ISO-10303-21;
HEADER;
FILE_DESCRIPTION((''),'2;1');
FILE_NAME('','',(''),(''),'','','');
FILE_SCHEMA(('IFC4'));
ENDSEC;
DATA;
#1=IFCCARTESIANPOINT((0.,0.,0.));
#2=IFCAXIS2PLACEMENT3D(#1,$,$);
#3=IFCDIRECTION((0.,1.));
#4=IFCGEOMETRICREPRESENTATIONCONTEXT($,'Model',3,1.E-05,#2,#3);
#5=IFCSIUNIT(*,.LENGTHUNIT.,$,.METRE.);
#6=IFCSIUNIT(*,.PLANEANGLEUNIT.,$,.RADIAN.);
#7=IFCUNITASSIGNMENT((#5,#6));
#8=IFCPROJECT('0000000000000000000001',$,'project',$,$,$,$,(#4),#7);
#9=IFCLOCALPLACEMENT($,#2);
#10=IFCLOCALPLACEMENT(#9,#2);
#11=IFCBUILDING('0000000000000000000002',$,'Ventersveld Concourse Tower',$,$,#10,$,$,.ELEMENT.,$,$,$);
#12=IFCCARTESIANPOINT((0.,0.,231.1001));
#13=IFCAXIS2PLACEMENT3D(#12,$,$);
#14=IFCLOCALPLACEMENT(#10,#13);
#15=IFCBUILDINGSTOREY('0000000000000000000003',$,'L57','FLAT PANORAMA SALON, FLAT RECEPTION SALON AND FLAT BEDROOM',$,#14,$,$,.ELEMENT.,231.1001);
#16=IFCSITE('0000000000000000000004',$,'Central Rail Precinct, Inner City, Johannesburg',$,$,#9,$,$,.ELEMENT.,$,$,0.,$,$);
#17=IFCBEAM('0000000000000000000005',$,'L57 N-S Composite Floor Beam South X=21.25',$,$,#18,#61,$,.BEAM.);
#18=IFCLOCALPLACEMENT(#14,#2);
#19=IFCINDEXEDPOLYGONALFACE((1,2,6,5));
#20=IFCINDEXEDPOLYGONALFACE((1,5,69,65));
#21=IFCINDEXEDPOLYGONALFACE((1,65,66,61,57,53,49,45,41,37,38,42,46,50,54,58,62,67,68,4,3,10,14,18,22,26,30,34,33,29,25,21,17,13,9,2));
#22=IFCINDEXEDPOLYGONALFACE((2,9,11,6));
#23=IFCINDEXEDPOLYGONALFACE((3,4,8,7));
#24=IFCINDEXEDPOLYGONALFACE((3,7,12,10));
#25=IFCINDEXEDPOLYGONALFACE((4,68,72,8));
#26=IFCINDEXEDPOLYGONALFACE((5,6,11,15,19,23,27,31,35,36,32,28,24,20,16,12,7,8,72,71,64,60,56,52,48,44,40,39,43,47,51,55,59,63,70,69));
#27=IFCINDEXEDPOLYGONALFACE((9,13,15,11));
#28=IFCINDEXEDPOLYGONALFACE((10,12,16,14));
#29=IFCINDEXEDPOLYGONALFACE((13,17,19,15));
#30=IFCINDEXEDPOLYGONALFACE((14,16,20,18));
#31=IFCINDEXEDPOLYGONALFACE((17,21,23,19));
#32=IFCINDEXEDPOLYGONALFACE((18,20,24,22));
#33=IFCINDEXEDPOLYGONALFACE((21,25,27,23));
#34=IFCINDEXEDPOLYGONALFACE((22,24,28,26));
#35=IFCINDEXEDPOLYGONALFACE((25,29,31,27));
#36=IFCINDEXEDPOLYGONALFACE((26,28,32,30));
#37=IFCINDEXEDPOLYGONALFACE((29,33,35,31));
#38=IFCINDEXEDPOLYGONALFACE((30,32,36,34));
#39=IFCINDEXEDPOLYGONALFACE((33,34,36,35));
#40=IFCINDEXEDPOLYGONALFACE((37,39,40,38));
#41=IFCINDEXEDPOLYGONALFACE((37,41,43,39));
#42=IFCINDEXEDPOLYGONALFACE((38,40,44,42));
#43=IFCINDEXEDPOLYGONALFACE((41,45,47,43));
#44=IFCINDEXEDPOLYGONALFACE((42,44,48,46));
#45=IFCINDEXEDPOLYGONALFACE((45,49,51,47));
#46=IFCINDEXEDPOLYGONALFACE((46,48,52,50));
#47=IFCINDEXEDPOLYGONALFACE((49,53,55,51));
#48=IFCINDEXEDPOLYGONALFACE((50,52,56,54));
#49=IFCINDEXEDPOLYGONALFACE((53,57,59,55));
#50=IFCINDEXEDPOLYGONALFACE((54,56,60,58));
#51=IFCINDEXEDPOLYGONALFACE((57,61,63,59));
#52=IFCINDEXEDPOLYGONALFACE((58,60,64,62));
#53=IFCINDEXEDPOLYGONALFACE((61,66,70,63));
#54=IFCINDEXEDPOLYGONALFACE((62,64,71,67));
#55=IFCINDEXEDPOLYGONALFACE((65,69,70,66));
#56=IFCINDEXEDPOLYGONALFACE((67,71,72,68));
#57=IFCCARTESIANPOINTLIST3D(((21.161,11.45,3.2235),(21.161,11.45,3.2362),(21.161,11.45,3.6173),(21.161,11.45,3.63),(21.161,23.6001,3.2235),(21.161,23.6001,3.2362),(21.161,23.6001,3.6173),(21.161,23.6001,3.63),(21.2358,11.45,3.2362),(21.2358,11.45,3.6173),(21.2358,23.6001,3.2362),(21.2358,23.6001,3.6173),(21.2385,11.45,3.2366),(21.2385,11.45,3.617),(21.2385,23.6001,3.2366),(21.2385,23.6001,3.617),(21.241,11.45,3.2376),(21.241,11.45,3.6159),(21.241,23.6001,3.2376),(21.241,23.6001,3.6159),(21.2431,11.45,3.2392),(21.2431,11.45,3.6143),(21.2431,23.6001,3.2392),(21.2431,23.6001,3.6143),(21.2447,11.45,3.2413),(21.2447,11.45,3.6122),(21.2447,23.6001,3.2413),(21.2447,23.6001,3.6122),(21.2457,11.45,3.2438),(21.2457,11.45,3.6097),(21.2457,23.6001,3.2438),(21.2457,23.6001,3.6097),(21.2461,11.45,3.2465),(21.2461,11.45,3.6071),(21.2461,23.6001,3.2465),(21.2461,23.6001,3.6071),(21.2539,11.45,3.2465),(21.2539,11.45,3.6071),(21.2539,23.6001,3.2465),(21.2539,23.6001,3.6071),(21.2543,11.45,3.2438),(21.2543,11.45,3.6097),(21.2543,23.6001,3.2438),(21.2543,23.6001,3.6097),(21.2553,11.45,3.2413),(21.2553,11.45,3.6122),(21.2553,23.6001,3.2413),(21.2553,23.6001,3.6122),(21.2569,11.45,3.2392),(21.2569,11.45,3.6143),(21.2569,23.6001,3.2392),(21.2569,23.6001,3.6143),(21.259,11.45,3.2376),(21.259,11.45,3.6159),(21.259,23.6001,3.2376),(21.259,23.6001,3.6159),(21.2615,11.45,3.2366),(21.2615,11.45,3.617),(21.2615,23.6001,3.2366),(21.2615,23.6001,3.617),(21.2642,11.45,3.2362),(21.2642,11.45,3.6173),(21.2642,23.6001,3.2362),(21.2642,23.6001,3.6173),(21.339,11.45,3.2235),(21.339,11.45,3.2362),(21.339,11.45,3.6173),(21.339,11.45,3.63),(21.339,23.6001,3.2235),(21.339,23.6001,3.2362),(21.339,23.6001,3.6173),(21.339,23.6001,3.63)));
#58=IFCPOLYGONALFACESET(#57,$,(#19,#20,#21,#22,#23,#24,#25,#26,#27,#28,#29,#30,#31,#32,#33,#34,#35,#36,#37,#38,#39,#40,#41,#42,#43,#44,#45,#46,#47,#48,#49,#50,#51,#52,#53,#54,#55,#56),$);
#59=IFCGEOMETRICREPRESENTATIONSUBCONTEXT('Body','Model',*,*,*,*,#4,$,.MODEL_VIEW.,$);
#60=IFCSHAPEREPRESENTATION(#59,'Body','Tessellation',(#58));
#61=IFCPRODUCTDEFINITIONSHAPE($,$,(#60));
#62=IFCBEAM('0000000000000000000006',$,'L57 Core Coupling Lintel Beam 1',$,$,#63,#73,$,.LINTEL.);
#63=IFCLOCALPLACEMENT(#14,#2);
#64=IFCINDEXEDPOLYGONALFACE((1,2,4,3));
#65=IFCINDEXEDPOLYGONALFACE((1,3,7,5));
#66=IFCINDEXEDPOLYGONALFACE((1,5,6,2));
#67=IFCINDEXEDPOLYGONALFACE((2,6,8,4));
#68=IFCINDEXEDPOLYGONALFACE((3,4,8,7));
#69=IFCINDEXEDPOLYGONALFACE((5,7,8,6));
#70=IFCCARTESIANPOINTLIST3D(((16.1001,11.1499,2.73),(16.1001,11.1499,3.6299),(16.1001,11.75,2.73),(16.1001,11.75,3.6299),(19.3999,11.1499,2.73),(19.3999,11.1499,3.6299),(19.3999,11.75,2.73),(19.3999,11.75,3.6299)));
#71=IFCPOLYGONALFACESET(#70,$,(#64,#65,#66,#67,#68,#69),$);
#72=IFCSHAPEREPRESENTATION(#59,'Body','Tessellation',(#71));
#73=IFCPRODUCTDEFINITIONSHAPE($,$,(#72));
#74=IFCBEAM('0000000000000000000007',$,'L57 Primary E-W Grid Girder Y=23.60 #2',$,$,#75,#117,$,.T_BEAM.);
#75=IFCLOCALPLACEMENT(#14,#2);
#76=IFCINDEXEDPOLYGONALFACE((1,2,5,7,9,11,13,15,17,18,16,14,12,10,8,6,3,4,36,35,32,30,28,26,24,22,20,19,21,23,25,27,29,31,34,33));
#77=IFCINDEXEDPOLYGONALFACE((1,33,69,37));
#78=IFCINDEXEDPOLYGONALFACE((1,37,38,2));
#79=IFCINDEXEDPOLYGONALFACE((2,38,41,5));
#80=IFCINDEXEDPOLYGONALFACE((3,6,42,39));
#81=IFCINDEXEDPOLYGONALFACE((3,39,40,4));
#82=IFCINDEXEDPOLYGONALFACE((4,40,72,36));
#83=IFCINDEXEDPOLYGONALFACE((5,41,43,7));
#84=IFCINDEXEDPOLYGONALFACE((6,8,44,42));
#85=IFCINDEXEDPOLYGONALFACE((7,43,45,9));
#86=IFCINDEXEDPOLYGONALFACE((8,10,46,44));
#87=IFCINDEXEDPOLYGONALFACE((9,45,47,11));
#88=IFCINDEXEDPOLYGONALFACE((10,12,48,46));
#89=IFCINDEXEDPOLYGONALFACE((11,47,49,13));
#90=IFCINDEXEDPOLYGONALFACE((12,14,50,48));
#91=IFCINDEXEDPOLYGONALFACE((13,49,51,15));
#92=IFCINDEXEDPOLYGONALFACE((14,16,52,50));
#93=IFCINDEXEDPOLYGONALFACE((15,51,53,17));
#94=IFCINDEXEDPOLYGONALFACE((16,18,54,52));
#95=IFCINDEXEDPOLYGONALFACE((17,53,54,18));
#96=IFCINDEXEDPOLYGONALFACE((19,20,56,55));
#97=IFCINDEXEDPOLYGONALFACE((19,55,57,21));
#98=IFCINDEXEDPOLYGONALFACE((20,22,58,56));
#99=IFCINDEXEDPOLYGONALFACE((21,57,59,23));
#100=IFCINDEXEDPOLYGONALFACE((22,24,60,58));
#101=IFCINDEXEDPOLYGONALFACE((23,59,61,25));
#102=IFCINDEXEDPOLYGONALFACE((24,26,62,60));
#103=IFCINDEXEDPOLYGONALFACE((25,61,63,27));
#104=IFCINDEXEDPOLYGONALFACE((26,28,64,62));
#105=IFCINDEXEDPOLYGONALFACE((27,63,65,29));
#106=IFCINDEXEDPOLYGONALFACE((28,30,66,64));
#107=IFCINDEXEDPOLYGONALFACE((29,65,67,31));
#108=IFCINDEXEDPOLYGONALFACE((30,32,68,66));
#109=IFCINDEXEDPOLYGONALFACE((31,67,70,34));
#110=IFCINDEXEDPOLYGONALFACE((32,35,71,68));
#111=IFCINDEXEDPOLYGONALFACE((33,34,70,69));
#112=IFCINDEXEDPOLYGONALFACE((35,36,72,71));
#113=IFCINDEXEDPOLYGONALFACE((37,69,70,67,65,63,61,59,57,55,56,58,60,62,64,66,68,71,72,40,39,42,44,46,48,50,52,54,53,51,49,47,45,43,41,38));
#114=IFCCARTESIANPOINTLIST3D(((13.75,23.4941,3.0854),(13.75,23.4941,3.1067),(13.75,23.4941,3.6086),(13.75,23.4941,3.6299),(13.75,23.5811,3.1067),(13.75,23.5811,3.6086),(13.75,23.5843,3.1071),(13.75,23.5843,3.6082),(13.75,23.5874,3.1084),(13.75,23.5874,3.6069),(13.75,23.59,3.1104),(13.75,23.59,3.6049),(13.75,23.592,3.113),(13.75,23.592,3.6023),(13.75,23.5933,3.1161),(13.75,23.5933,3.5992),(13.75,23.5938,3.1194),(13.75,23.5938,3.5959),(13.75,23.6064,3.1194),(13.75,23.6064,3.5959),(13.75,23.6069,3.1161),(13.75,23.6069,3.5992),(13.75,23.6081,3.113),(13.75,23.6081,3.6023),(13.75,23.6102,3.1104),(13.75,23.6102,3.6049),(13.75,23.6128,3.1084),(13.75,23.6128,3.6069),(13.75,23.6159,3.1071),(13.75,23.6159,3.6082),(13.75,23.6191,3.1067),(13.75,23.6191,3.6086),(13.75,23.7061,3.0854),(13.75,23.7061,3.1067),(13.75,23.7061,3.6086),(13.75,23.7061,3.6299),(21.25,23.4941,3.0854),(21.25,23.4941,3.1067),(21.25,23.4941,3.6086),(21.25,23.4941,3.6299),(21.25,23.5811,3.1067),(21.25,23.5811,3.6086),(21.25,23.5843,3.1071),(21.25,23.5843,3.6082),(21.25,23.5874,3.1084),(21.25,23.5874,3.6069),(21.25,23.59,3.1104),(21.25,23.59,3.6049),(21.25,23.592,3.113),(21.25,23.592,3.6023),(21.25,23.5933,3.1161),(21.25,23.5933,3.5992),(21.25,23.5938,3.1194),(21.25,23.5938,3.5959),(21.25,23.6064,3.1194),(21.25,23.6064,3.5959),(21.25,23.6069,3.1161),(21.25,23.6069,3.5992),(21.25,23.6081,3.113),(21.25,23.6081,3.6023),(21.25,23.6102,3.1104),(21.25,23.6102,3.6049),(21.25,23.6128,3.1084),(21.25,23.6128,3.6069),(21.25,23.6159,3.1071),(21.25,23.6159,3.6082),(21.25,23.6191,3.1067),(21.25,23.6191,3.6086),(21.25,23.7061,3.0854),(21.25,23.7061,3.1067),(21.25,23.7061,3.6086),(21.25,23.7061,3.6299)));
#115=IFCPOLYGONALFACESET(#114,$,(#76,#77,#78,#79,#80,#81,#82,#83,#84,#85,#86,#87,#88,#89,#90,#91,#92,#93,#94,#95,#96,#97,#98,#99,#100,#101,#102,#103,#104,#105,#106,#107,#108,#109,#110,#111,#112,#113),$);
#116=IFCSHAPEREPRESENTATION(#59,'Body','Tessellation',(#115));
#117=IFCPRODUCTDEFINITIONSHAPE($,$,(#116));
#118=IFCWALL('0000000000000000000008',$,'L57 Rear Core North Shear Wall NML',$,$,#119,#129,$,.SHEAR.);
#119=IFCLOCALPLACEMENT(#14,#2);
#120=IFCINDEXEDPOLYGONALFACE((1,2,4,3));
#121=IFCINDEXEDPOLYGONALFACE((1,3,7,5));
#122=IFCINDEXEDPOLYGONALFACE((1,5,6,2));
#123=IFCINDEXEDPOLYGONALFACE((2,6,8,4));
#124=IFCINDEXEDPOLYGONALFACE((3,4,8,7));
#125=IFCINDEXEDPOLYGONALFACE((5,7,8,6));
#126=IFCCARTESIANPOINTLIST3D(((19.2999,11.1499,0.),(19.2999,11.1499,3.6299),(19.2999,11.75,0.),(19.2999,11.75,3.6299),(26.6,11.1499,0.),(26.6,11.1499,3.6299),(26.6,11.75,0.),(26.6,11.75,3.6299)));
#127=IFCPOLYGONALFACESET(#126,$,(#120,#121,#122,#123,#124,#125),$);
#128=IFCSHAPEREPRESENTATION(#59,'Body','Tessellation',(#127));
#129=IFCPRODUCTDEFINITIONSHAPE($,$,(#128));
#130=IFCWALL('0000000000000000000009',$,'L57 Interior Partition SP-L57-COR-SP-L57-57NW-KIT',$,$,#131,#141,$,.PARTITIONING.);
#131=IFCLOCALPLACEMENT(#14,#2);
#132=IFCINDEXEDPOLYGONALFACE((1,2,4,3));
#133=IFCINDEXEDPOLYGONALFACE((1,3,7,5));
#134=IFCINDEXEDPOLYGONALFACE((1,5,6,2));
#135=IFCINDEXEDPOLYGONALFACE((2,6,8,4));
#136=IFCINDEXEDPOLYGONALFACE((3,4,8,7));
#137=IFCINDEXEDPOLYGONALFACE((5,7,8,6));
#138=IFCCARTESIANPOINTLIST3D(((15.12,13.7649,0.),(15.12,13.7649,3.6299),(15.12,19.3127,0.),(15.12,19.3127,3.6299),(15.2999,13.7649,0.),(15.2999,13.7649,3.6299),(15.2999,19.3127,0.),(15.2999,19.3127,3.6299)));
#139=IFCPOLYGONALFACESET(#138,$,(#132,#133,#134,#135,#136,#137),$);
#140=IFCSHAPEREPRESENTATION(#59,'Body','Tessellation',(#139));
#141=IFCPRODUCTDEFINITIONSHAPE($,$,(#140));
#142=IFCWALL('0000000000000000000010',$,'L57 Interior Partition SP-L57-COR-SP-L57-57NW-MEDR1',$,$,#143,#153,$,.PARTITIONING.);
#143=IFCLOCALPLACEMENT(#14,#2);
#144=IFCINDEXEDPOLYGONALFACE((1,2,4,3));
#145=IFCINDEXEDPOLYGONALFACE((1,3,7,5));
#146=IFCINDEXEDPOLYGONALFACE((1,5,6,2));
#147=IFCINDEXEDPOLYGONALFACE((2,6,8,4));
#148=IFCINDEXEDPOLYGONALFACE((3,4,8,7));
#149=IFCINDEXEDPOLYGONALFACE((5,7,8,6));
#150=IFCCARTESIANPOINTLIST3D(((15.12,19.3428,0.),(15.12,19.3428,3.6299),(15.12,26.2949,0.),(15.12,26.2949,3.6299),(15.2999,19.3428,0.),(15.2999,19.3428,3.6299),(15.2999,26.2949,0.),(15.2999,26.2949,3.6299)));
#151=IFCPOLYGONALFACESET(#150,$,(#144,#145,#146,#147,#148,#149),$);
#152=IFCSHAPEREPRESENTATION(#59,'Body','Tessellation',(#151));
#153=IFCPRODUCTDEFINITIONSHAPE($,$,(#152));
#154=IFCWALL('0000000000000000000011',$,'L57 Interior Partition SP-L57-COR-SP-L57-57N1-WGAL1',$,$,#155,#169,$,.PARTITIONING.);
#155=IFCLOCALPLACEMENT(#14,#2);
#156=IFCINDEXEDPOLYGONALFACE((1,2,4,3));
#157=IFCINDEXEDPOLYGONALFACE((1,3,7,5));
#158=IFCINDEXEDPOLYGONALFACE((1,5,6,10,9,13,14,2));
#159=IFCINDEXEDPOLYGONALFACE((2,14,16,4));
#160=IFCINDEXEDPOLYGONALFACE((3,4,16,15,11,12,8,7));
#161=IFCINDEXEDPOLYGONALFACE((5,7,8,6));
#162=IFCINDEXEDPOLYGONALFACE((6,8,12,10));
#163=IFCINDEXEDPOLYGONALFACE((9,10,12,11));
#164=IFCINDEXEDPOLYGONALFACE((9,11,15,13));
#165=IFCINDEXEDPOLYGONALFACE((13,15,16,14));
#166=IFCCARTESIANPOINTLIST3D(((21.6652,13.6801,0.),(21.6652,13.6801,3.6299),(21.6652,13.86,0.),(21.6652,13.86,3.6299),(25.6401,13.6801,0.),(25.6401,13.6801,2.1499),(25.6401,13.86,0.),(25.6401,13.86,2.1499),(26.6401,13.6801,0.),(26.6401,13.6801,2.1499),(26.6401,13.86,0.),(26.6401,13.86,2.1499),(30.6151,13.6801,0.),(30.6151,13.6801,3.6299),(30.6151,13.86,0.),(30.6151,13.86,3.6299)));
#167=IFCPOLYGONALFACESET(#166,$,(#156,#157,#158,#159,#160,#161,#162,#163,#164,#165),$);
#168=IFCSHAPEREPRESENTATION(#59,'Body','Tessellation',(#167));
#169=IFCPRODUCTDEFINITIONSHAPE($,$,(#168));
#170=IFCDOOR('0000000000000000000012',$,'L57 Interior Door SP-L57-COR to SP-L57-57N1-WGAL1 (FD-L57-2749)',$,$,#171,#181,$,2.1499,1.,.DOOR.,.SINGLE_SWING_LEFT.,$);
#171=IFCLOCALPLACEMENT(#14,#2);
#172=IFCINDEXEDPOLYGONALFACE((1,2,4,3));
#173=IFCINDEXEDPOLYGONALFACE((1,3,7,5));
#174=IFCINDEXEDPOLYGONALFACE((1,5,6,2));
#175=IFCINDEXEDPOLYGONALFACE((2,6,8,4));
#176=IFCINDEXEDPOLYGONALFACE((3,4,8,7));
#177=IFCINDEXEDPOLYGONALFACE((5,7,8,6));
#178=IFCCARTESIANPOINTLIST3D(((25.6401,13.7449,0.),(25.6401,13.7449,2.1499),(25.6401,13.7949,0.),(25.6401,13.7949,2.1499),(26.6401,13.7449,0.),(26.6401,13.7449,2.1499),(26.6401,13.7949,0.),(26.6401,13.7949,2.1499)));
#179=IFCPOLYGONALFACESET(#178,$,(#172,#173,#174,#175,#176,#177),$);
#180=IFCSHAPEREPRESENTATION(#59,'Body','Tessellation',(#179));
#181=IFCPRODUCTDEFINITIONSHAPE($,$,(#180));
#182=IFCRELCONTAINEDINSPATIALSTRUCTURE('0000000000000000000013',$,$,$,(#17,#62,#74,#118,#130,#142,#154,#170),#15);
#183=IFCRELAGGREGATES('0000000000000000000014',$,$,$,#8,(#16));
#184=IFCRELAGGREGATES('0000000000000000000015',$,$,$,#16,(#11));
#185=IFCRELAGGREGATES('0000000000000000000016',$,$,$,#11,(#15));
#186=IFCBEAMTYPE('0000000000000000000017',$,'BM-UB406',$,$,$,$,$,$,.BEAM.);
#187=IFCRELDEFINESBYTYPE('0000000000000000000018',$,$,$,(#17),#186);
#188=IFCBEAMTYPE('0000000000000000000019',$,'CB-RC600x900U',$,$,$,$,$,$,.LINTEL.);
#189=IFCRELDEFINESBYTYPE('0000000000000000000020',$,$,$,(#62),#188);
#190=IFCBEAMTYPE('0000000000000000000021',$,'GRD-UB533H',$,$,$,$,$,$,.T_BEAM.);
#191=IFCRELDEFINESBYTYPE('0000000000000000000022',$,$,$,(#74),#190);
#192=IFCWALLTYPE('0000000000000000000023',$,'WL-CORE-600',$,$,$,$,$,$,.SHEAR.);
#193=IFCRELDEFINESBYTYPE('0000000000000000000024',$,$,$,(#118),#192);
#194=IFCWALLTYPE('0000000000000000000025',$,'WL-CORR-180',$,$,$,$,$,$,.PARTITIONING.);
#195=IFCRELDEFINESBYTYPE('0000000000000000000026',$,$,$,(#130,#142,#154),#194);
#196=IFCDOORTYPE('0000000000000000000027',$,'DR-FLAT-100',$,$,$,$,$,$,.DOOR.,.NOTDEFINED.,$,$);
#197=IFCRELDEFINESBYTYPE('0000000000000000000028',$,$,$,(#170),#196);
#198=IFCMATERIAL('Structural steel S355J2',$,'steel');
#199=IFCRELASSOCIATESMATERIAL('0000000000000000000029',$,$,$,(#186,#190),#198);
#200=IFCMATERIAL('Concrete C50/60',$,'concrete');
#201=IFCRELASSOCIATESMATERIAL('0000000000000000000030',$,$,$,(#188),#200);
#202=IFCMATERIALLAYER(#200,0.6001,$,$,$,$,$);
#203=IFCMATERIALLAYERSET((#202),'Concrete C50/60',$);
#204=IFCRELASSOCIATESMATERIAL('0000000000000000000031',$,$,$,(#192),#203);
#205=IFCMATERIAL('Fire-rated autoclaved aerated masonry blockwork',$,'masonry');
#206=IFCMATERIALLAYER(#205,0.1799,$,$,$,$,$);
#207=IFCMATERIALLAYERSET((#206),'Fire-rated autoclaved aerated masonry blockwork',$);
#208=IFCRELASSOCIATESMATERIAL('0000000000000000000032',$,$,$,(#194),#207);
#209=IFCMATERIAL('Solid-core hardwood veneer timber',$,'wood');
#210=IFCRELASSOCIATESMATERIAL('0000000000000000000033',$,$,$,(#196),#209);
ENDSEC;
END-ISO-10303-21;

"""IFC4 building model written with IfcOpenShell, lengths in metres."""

from ifc_helpers import new_model, si_unit, direction, frame, frame_2d, origin, origin_2d, place, context, subcontext, project, spatial, rectangle, i_section, extrude, material, layer, layer_set, material_profile, profile_set, type_object, element, fill, save


model = new_model("IFC4")

# Units and contexts
model_context = context("Model", 3, precision=1e-05, world=origin(), true_north=direction((0.0, 1.0)))
body_context = subcontext(model_context, "Body", "Model", "MODEL_VIEW")
ifc_project = project(units=[si_unit("LENGTHUNIT", "METRE"), si_unit("PLANEANGLEUNIT", "RADIAN")], contexts=[model_context])

# Site, building, storey
site_placement = place(None, origin())
site = spatial("IfcSite", under=ifc_project, at=site_placement, Name="Central Rail Precinct, Inner City, Johannesburg", CompositionType="ELEMENT", RefElevation=0.0)
building_placement = place(site_placement, origin())
building = spatial("IfcBuilding", under=site, at=building_placement, Name="Ventersveld Concourse Tower", CompositionType="ELEMENT")
storey_placement = place(building_placement, frame((0.0, 0.0, 231.1001)))
storey = spatial("IfcBuildingStorey", under=building, at=storey_placement, Name="L57", Description="FLAT PANORAMA SALON, FLAT RECEPTION SALON AND FLAT BEDROOM", CompositionType="ELEMENT", Elevation=231.1001)

# Beams
ifc_material_1 = material(Name="Structural steel S355J2", Category="steel")
ifc_material_profile_1 = material_profile(ifc_material_1, i_section(OverallWidth=0.178, OverallDepth=0.4065, WebThickness=0.0078, FlangeThickness=0.0127, FilletRadius=0.0103, at=origin_2d()), Name="UB 406x178x60")
ifc_profile_set_1 = profile_set([ifc_material_profile_1], Name="Structural steel S355J2")
beam_type_1 = type_object("IfcBeamType", Name="BM-UB406", PredefinedType="BEAM", material=ifc_profile_set_1)
beam_1_placement = place(storey_placement, frame((21.25, 11.45, 3.4268), z_axis=(0.0, 1.0, 0.0), x_axis=(-1.0, 0.0, 0.0)))
element("IfcBeam", 1, at=beam_1_placement, inside=storey, type_object=beam_type_1, Name="L57 N-S Composite Floor Beam South X=21.25", PredefinedType="BEAM", context=body_context, shape_type="SweptSolid", body=[
    extrude(i_section(OverallWidth=0.178, OverallDepth=0.4065, WebThickness=0.0078, FlangeThickness=0.0127, FilletRadius=0.0103, at=origin_2d()), origin(), (0.0, 0.0, 1.0), 12.1501),
])
ifc_material_2 = material(Name="Concrete C50/60", Category="concrete")
ifc_material_profile_2 = material_profile(ifc_material_2, rectangle(XDim=0.6001, YDim=0.8999, at=origin_2d()), Name="RC 600x900")
ifc_profile_set_2 = profile_set([ifc_material_profile_2], Name="Concrete C50/60")
beam_type_2 = type_object("IfcBeamType", Name="CB-RC600x900U", PredefinedType="LINTEL", material=ifc_profile_set_2)
beam_2_placement = place(storey_placement, frame((16.1001, 11.45, 3.1799), z_axis=(1.0, 0.0, 0.0), x_axis=(0.0, 1.0, 0.0)))
element("IfcBeam", 2, at=beam_2_placement, inside=storey, type_object=beam_type_2, Name="L57 Core Coupling Lintel Beam 1", PredefinedType="LINTEL", context=body_context, shape_type="SweptSolid", body=[
    extrude(rectangle(XDim=0.6001, YDim=0.8999, at=origin_2d()), origin(), (0.0, 0.0, 1.0), 3.2998),
])
ifc_material_profile_3 = material_profile(ifc_material_1, i_section(OverallWidth=0.2119, OverallDepth=0.5444, WebThickness=0.0127, FlangeThickness=0.0212, FilletRadius=0.0127, at=origin_2d()), Name="UB 533x210x122")
ifc_profile_set_3 = profile_set([ifc_material_profile_3], Name="Structural steel S355J2")
beam_type_3 = type_object("IfcBeamType", Name="GRD-UB533H", PredefinedType="T_BEAM", material=ifc_profile_set_3)
beam_3_placement = place(storey_placement, frame((13.75, 23.6001, 3.3577), z_axis=(1.0, 0.0, 0.0), x_axis=(0.0, 1.0, 0.0)))
element("IfcBeam", 3, at=beam_3_placement, inside=storey, type_object=beam_type_3, Name="L57 Primary E-W Grid Girder Y=23.60 #2", PredefinedType="T_BEAM", context=body_context, shape_type="SweptSolid", body=[
    extrude(i_section(OverallWidth=0.2119, OverallDepth=0.5444, WebThickness=0.0127, FlangeThickness=0.0212, FilletRadius=0.0127, at=origin_2d()), origin(), (0.0, 0.0, 1.0), 7.5),
])

# Walls
ifc_layer_1 = layer(ifc_material_2, 0.6001)
ifc_layer_set_1 = layer_set([ifc_layer_1], Name="Concrete C50/60")
wall_type_1 = type_object("IfcWallType", Name="WL-CORE-600", PredefinedType="SHEAR", material=ifc_layer_set_1)
wall_1_placement = place(storey_placement, frame((19.3, 11.45, 0.0), z_axis=(0.0, 0.0, 1.0), x_axis=(1.0, 0.0, 0.0)))
element("IfcWall", 4, at=wall_1_placement, inside=storey, type_object=wall_type_1, Name="L57 Rear Core North Shear Wall NML", PredefinedType="SHEAR", context=body_context, shape_type="SweptSolid", body=[
    extrude(rectangle(XDim=7.3, YDim=0.6001, at=frame_2d((3.6499, 0.0))), origin(), (0.0, 0.0, 1.0), 3.6299),
])
ifc_material_3 = material(Name="Fire-rated autoclaved aerated masonry blockwork", Category="masonry")
ifc_layer_2 = layer(ifc_material_3, 0.1799)
ifc_layer_set_2 = layer_set([ifc_layer_2], Name="Fire-rated autoclaved aerated masonry blockwork")
wall_type_2 = type_object("IfcWallType", Name="WL-CORR-180", PredefinedType="PARTITIONING", material=ifc_layer_set_2)
wall_2_placement = place(storey_placement, frame((15.21, 13.7649, 0.0), z_axis=(0.0, 0.0, 1.0), x_axis=(0.0, 1.0, 0.0)))
element("IfcWall", 5, at=wall_2_placement, inside=storey, type_object=wall_type_2, Name="L57 Interior Partition SP-L57-COR-SP-L57-57NW-KIT", PredefinedType="PARTITIONING", context=body_context, shape_type="SweptSolid", body=[
    extrude(rectangle(XDim=5.5479, YDim=0.1799, at=frame_2d((2.7739, 0.0))), origin(), (0.0, 0.0, 1.0), 3.6299),
])
wall_3_placement = place(storey_placement, frame((15.21, 19.3428, 0.0), z_axis=(0.0, 0.0, 1.0), x_axis=(0.0, 1.0, 0.0)))
element("IfcWall", 6, at=wall_3_placement, inside=storey, type_object=wall_type_2, Name="L57 Interior Partition SP-L57-COR-SP-L57-57NW-MEDR1", PredefinedType="PARTITIONING", context=body_context, shape_type="SweptSolid", body=[
    extrude(rectangle(XDim=6.9521, YDim=0.1799, at=frame_2d((3.4761, 0.0))), origin(), (0.0, 0.0, 1.0), 3.6299),
])

# Wall, opening, door
wall_4_placement = place(storey_placement, frame((21.665, 13.77, 0.0), z_axis=(0.0, 0.0, 1.0), x_axis=(1.0, 0.0, 0.0)))
wall_4 = element("IfcWall", 7, at=wall_4_placement, inside=storey, type_object=wall_type_2, Name="L57 Interior Partition SP-L57-COR-SP-L57-57N1-WGAL1", PredefinedType="PARTITIONING", context=body_context, shape_type="SweptSolid", body=[
    extrude(rectangle(XDim=8.95, YDim=0.1799, at=frame_2d((4.4751, 0.0))), origin(), (0.0, 0.0, 1.0), 3.6299),
])
opening_1_placement = place(wall_4_placement, frame((3.9751, 0.0, 0.0)))
opening_1 = element("IfcOpeningElement", 8, at=opening_1_placement, cuts=wall_4, PredefinedType="OPENING", context=body_context, shape_type="SweptSolid", body=[
    extrude(rectangle(XDim=1.0, YDim=2.1499, at=frame_2d((0.5, 1.075))), frame((0.0, 0.1001, 0.0), z_axis=(0.0, -1.0, 0.0), x_axis=(1.0, 0.0, 0.0)), (0.0, 0.0, 1.0), 0.2),
])
ifc_material_4 = material(Name="Solid-core hardwood veneer timber", Category="wood")
door_type_1 = type_object("IfcDoorType", Name="DR-FLAT-100", OperationType="NOTDEFINED", PredefinedType="DOOR", material=ifc_material_4)
door_1_placement = place(opening_1_placement, origin())
door_1 = element("IfcDoor", 9, at=door_1_placement, inside=storey, type_object=door_type_1, Name="L57 Interior Door SP-L57-COR to SP-L57-57N1-WGAL1 (FD-L57-2749)", OperationType="SINGLE_SWING_LEFT", OverallHeight=2.1499, OverallWidth=1.0, PredefinedType="DOOR", context=body_context, shape_type="SweptSolid", body=[
    extrude(rectangle(XDim=1.0, YDim=2.1499, at=frame_2d((0.5, 1.075))), frame((0.0, 0.0249, 0.0), z_axis=(0.0, -1.0, 0.0), x_axis=(1.0, 0.0, 0.0)), (0.0, 0.0, 1.0), 0.05),
])
fill(opening_1, door_1)

save(model, "model.ifc")
